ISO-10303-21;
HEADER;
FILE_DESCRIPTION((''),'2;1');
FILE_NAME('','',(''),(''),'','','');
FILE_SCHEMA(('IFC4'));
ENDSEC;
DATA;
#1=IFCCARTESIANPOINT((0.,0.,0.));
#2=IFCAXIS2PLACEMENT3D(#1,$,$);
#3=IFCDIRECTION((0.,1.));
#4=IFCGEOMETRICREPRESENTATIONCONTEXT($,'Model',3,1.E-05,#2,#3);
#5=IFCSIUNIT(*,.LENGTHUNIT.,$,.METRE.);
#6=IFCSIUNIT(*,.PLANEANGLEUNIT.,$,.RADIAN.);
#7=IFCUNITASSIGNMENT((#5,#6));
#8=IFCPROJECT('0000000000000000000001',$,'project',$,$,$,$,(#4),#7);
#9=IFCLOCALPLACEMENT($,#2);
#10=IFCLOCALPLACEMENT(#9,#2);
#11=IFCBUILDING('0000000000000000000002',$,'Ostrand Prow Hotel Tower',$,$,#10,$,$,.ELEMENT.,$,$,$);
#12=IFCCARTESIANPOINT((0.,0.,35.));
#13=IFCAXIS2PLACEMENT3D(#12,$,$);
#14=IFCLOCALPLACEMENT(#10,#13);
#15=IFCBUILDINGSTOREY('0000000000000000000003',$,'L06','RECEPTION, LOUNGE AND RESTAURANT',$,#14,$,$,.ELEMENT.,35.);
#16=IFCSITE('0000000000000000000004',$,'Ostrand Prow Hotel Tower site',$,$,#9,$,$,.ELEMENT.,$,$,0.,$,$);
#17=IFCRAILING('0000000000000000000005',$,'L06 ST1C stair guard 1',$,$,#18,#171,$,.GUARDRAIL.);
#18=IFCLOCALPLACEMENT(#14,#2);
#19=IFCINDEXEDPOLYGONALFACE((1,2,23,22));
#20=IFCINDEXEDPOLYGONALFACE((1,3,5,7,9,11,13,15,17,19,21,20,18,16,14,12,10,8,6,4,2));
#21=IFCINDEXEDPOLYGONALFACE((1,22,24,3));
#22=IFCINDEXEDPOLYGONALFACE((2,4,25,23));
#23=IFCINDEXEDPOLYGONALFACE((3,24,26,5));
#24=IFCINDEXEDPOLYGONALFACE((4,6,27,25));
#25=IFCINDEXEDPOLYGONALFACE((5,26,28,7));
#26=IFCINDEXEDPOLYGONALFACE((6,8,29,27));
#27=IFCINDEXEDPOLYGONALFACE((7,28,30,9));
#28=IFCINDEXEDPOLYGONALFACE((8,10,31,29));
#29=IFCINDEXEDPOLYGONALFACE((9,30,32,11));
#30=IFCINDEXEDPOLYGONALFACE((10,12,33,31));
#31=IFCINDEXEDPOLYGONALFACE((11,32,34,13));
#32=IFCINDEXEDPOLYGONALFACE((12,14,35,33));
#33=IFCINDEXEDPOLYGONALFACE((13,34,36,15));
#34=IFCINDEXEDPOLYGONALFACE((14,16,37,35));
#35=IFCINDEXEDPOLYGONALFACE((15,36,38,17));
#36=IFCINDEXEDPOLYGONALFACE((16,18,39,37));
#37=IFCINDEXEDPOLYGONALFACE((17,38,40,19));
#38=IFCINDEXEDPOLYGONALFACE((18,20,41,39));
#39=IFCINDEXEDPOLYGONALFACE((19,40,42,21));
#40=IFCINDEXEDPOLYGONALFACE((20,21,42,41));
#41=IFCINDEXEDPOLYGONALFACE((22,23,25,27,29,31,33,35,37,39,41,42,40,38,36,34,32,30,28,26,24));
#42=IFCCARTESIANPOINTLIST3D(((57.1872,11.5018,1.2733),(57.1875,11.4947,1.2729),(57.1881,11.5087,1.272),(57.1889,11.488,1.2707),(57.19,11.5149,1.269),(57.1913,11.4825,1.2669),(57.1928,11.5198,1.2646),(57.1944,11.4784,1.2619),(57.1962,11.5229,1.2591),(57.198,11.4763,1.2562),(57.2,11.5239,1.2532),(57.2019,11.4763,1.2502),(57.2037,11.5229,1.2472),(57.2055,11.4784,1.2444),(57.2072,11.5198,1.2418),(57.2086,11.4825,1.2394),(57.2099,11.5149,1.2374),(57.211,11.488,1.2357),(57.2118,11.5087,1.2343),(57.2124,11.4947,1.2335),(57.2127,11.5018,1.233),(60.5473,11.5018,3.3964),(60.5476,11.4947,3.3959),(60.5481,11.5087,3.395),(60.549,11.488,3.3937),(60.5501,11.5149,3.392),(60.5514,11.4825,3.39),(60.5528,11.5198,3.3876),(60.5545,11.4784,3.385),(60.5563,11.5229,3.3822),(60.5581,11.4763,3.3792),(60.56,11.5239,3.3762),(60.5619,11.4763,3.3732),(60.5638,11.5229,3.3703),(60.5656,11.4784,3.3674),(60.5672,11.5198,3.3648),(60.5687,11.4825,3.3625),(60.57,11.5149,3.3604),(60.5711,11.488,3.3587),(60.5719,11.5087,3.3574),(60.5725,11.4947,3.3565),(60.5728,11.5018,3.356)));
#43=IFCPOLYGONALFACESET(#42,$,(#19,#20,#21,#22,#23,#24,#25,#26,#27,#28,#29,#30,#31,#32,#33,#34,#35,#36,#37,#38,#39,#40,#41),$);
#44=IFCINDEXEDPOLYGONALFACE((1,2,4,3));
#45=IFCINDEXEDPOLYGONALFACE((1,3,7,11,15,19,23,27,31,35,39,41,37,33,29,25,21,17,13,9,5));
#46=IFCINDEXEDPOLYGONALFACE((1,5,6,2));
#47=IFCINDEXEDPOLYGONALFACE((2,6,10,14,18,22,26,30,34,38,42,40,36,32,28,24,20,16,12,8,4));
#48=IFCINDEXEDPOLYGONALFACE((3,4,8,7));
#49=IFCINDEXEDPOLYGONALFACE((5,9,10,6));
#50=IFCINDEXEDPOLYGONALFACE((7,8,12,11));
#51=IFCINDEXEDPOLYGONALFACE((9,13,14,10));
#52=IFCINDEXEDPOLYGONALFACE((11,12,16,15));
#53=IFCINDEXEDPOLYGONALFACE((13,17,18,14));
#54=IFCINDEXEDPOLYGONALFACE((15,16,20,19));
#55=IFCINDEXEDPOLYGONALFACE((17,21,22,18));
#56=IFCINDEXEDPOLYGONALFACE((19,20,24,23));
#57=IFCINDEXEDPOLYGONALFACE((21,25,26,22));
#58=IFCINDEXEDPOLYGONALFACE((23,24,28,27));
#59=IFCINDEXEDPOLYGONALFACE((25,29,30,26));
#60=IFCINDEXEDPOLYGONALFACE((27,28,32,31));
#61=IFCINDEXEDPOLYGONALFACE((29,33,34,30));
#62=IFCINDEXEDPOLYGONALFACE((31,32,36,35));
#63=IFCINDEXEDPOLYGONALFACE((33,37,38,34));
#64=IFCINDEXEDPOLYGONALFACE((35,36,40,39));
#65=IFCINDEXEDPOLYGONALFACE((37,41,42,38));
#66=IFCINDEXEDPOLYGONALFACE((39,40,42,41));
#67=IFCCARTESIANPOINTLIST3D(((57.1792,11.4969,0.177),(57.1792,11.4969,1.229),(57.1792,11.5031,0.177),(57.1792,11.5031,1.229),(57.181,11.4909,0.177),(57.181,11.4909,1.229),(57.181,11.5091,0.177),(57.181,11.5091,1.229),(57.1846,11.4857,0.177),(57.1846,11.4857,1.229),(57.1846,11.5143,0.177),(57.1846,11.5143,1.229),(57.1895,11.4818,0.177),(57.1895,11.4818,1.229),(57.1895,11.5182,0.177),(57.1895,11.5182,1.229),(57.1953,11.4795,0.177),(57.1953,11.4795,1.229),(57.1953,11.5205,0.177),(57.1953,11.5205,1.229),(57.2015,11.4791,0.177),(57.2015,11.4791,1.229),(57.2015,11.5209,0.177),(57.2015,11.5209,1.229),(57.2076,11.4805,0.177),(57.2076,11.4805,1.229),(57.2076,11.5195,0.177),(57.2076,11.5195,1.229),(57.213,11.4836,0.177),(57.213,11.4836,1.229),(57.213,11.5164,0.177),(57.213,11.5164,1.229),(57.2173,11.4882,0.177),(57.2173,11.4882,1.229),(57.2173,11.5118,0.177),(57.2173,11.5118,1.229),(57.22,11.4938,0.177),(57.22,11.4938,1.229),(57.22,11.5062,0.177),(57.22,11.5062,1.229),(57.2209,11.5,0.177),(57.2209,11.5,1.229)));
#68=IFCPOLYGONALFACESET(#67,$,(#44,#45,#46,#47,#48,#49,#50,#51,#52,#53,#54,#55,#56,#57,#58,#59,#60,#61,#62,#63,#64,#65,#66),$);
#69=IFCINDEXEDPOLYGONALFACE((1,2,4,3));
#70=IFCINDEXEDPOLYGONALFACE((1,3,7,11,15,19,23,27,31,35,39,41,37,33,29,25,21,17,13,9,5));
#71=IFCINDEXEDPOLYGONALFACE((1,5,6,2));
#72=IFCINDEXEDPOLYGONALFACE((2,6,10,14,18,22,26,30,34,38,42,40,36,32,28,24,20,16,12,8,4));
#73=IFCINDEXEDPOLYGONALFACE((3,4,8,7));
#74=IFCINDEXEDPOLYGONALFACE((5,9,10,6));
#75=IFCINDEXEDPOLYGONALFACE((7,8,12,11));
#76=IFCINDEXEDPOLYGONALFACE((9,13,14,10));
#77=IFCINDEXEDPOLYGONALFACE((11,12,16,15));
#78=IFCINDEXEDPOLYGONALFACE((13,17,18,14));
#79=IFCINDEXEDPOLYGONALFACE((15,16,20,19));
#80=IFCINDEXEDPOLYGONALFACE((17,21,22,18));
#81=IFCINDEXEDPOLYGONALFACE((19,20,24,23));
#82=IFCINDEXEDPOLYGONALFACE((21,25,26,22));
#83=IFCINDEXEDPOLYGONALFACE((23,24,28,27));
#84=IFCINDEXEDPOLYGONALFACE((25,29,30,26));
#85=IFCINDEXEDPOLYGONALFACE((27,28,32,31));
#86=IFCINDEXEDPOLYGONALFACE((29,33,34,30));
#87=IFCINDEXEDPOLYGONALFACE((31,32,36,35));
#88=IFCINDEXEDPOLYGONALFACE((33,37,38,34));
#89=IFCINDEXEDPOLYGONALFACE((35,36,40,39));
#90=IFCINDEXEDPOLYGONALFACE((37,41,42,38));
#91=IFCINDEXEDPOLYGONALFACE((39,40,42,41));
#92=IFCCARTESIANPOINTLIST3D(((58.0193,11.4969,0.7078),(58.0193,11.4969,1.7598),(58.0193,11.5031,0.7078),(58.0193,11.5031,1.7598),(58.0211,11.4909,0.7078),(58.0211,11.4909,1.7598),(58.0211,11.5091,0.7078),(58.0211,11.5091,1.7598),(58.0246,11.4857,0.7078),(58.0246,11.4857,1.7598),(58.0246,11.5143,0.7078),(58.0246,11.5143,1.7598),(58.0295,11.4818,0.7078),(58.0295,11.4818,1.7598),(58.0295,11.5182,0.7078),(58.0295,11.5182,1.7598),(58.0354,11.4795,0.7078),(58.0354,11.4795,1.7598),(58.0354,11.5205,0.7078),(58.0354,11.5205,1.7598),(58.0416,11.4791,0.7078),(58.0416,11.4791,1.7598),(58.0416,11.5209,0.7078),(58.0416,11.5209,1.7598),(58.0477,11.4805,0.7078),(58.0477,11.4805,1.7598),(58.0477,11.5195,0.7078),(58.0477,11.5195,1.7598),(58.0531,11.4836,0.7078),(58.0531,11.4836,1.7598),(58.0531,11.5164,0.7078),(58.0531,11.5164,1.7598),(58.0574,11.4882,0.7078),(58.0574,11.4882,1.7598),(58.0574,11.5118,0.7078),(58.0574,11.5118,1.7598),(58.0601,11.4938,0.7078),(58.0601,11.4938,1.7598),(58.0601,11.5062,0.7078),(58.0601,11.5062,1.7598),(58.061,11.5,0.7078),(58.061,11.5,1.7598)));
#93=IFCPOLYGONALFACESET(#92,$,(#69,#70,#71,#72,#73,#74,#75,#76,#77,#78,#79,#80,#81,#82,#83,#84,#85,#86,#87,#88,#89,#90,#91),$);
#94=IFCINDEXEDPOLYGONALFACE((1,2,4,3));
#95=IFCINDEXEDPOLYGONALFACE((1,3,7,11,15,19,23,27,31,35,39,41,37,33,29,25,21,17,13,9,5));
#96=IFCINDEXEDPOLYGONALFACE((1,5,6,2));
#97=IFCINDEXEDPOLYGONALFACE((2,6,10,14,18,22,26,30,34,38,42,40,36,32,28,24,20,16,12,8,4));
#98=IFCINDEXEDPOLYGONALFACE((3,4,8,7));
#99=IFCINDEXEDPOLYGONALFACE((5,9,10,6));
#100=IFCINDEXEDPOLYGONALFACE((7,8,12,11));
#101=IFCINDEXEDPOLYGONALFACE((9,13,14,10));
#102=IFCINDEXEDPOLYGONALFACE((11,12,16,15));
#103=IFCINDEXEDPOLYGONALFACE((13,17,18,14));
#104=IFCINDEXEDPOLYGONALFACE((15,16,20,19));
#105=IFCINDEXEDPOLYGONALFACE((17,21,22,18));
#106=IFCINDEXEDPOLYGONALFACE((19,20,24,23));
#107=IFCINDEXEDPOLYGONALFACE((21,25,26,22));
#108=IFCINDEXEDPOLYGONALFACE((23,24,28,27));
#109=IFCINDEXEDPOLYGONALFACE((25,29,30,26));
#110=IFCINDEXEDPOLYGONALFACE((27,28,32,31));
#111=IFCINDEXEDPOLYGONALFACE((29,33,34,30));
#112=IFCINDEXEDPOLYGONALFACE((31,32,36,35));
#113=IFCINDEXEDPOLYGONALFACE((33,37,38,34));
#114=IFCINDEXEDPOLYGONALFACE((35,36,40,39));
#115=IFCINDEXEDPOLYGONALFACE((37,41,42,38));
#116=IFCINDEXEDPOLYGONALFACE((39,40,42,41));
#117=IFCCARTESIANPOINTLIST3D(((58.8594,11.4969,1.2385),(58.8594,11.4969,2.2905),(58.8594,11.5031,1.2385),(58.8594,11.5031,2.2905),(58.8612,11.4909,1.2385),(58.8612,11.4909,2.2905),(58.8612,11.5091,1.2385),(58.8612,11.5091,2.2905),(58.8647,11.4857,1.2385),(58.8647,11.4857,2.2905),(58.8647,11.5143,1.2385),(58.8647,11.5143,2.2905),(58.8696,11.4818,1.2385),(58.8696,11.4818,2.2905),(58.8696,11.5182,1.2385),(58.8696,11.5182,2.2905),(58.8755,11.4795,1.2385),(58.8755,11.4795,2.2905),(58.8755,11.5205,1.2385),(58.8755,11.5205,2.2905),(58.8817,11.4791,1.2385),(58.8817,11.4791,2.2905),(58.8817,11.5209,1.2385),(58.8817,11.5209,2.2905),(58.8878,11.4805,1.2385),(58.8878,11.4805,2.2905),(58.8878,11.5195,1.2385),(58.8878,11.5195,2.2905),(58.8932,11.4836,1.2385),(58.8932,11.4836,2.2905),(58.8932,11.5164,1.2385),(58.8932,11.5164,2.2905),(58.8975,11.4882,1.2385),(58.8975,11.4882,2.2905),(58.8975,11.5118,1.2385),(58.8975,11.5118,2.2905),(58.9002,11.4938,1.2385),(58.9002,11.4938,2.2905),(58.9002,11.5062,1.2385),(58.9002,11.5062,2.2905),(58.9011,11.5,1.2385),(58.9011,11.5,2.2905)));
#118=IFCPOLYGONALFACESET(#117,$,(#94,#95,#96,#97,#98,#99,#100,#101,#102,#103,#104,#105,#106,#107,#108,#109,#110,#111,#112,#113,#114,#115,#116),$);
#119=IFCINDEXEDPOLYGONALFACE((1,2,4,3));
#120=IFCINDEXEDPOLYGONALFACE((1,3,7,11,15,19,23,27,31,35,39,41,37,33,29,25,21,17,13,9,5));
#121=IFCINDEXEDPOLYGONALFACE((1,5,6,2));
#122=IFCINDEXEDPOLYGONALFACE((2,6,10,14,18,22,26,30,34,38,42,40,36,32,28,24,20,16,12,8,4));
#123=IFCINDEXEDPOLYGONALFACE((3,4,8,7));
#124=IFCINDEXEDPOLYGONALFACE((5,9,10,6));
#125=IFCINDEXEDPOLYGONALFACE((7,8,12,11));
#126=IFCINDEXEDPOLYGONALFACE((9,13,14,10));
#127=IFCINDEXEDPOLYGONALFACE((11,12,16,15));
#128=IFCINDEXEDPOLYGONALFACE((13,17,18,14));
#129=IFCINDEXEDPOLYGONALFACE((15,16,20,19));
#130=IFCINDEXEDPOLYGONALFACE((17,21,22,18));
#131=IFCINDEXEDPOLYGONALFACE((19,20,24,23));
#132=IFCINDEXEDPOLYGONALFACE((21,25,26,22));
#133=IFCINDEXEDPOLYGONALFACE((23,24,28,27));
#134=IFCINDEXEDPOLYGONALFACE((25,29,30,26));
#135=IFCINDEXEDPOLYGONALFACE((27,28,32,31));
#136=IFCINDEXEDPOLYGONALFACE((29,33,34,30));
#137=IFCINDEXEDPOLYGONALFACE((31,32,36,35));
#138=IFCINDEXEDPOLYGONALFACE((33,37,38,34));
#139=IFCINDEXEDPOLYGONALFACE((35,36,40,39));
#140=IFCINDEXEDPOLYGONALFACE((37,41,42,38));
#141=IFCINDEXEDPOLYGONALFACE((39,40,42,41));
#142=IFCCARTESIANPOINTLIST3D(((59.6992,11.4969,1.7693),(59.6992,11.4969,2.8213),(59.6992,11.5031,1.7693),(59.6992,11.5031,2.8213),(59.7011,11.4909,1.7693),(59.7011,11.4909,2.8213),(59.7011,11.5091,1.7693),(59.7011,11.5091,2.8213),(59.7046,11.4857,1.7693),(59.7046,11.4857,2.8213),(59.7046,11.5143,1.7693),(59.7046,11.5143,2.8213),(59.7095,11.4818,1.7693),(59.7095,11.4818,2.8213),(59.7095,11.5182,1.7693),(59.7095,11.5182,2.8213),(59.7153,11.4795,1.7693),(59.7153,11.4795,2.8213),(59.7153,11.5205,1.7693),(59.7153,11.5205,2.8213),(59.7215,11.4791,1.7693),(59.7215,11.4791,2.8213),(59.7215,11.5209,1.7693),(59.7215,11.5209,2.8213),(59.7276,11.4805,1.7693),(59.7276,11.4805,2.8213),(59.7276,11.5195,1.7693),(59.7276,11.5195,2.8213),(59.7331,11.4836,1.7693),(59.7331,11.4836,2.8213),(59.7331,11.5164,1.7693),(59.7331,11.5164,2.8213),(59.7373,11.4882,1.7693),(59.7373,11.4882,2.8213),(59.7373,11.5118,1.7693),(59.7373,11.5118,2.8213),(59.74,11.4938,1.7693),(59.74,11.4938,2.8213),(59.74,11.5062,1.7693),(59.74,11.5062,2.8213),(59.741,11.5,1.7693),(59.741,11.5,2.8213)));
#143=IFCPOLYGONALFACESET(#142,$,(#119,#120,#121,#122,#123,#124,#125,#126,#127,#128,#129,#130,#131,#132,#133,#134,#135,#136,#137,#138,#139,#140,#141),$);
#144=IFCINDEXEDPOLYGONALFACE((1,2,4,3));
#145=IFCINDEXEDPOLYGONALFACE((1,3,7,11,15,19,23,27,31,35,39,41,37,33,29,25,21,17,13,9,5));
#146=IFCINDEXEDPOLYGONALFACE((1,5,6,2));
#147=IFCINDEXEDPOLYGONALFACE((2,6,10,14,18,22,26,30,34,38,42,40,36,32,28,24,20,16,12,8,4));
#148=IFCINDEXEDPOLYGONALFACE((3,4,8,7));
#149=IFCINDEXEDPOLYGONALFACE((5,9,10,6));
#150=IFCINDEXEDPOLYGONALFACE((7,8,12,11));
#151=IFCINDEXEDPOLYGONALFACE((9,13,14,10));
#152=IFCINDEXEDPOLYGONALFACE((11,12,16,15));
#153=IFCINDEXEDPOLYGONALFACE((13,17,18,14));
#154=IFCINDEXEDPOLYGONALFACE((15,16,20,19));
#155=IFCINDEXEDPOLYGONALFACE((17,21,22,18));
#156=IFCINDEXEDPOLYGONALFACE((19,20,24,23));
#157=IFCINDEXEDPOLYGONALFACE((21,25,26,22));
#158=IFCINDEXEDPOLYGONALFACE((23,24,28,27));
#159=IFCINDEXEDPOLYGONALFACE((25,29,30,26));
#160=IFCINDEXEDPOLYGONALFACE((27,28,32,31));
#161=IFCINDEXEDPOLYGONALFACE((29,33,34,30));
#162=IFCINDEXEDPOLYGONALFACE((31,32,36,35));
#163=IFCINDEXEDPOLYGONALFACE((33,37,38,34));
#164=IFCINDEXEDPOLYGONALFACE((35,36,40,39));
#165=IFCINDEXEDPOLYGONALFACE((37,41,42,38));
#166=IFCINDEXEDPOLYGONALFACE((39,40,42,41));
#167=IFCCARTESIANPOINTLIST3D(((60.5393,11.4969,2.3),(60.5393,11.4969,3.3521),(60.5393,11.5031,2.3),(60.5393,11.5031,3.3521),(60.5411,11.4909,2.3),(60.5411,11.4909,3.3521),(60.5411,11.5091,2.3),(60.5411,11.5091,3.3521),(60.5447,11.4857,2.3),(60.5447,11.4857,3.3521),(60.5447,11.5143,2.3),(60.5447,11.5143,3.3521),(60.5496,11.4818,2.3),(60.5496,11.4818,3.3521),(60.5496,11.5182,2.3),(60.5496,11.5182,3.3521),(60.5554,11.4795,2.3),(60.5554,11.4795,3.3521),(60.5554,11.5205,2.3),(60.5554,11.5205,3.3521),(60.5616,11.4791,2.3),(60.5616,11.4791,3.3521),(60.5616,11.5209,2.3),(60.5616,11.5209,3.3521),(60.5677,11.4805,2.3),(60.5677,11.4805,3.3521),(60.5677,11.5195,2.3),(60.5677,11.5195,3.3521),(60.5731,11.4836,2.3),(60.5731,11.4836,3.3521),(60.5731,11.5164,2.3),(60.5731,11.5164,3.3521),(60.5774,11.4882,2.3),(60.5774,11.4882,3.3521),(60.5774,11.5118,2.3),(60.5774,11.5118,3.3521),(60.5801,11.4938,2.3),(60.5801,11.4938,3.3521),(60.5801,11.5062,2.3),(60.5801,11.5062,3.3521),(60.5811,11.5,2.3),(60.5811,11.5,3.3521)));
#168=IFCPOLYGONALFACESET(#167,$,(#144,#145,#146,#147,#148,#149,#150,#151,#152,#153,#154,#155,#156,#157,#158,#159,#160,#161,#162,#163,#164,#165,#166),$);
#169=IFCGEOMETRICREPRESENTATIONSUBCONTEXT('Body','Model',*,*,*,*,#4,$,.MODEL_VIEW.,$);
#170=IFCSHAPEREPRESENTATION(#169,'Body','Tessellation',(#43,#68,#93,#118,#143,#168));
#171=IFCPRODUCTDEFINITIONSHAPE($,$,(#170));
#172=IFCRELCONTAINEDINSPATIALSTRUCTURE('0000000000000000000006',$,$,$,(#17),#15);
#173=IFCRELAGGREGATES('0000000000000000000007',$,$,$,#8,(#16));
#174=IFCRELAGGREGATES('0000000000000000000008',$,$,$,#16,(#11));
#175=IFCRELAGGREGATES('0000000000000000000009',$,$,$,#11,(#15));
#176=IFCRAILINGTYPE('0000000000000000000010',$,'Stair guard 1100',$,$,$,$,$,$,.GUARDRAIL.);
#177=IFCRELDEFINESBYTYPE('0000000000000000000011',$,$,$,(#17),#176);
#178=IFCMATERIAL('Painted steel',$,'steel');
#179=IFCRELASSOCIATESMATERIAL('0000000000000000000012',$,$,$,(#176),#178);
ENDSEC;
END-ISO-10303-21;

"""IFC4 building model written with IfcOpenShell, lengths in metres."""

from ifc_helpers import new_model, si_unit, direction, frame, origin, origin_2d, place, context, subcontext, project, spatial, circle, extrude, material, type_object, element, save


model = new_model("IFC4")

# Units and contexts
model_context = context("Model", 3, precision=1e-05, world=origin(), true_north=direction((0.0, 1.0)))
body_context = subcontext(model_context, "Body", "Model", "MODEL_VIEW")
ifc_project = project(units=[si_unit("LENGTHUNIT", "METRE"), si_unit("PLANEANGLEUNIT", "RADIAN")], contexts=[model_context])

# Site, building, storey
site_placement = place(None, origin())
site = spatial("IfcSite", under=ifc_project, at=site_placement, Name="Ostrand Prow Hotel Tower site", CompositionType="ELEMENT", RefElevation=0.0)
building_placement = place(site_placement, origin())
building = spatial("IfcBuilding", under=site, at=building_placement, Name="Ostrand Prow Hotel Tower", CompositionType="ELEMENT")
storey_placement = place(building_placement, frame((0.0, 0.0, 35.0)))
storey = spatial("IfcBuildingStorey", under=building, at=storey_placement, Name="L06", Description="RECEPTION, LOUNGE AND RESTAURANT", CompositionType="ELEMENT", Elevation=35.0)

# Railing
ifc_material_1 = material(Name="Painted steel", Category="steel")
railing_type_1 = type_object("IfcRailingType", Name="Stair guard 1100", PredefinedType="GUARDRAIL", material=ifc_material_1)
railing_1_placement = place(storey_placement, frame((57.2, 11.5, 0.177)))
element("IfcRailing", 1, at=railing_1_placement, inside=storey, type_object=railing_type_1, Name="L06 ST1C stair guard 1", PredefinedType="GUARDRAIL", context=body_context, shape_type="SweptSolid", body=[
    extrude(circle(Radius=0.0239, at=origin_2d()), frame((0.0, 0.0, 1.0762), z_axis=(0.84539, 0.0, 0.53415), x_axis=(0.0, 1.0, 0.0)), (0.0, 0.0, 1.0), 3.9746),
    extrude(circle(Radius=0.021, at=origin_2d()), origin(), (0.0, 0.0, 1.0), 1.052),
    extrude(circle(Radius=0.021, at=origin_2d()), frame((0.8401, 0.0, 0.5308)), (0.0, 0.0, 1.0), 1.052),
    extrude(circle(Radius=0.021, at=origin_2d()), frame((1.6802, 0.0, 1.0615)), (0.0, 0.0, 1.0), 1.052),
    extrude(circle(Radius=0.021, at=origin_2d()), frame((2.52, 0.0, 1.5923)), (0.0, 0.0, 1.0), 1.052),
    extrude(circle(Radius=0.021, at=origin_2d()), frame((3.3601, 0.0, 2.123)), (0.0, 0.0, 1.0), 1.052),
])

save(model, "model.ifc")
